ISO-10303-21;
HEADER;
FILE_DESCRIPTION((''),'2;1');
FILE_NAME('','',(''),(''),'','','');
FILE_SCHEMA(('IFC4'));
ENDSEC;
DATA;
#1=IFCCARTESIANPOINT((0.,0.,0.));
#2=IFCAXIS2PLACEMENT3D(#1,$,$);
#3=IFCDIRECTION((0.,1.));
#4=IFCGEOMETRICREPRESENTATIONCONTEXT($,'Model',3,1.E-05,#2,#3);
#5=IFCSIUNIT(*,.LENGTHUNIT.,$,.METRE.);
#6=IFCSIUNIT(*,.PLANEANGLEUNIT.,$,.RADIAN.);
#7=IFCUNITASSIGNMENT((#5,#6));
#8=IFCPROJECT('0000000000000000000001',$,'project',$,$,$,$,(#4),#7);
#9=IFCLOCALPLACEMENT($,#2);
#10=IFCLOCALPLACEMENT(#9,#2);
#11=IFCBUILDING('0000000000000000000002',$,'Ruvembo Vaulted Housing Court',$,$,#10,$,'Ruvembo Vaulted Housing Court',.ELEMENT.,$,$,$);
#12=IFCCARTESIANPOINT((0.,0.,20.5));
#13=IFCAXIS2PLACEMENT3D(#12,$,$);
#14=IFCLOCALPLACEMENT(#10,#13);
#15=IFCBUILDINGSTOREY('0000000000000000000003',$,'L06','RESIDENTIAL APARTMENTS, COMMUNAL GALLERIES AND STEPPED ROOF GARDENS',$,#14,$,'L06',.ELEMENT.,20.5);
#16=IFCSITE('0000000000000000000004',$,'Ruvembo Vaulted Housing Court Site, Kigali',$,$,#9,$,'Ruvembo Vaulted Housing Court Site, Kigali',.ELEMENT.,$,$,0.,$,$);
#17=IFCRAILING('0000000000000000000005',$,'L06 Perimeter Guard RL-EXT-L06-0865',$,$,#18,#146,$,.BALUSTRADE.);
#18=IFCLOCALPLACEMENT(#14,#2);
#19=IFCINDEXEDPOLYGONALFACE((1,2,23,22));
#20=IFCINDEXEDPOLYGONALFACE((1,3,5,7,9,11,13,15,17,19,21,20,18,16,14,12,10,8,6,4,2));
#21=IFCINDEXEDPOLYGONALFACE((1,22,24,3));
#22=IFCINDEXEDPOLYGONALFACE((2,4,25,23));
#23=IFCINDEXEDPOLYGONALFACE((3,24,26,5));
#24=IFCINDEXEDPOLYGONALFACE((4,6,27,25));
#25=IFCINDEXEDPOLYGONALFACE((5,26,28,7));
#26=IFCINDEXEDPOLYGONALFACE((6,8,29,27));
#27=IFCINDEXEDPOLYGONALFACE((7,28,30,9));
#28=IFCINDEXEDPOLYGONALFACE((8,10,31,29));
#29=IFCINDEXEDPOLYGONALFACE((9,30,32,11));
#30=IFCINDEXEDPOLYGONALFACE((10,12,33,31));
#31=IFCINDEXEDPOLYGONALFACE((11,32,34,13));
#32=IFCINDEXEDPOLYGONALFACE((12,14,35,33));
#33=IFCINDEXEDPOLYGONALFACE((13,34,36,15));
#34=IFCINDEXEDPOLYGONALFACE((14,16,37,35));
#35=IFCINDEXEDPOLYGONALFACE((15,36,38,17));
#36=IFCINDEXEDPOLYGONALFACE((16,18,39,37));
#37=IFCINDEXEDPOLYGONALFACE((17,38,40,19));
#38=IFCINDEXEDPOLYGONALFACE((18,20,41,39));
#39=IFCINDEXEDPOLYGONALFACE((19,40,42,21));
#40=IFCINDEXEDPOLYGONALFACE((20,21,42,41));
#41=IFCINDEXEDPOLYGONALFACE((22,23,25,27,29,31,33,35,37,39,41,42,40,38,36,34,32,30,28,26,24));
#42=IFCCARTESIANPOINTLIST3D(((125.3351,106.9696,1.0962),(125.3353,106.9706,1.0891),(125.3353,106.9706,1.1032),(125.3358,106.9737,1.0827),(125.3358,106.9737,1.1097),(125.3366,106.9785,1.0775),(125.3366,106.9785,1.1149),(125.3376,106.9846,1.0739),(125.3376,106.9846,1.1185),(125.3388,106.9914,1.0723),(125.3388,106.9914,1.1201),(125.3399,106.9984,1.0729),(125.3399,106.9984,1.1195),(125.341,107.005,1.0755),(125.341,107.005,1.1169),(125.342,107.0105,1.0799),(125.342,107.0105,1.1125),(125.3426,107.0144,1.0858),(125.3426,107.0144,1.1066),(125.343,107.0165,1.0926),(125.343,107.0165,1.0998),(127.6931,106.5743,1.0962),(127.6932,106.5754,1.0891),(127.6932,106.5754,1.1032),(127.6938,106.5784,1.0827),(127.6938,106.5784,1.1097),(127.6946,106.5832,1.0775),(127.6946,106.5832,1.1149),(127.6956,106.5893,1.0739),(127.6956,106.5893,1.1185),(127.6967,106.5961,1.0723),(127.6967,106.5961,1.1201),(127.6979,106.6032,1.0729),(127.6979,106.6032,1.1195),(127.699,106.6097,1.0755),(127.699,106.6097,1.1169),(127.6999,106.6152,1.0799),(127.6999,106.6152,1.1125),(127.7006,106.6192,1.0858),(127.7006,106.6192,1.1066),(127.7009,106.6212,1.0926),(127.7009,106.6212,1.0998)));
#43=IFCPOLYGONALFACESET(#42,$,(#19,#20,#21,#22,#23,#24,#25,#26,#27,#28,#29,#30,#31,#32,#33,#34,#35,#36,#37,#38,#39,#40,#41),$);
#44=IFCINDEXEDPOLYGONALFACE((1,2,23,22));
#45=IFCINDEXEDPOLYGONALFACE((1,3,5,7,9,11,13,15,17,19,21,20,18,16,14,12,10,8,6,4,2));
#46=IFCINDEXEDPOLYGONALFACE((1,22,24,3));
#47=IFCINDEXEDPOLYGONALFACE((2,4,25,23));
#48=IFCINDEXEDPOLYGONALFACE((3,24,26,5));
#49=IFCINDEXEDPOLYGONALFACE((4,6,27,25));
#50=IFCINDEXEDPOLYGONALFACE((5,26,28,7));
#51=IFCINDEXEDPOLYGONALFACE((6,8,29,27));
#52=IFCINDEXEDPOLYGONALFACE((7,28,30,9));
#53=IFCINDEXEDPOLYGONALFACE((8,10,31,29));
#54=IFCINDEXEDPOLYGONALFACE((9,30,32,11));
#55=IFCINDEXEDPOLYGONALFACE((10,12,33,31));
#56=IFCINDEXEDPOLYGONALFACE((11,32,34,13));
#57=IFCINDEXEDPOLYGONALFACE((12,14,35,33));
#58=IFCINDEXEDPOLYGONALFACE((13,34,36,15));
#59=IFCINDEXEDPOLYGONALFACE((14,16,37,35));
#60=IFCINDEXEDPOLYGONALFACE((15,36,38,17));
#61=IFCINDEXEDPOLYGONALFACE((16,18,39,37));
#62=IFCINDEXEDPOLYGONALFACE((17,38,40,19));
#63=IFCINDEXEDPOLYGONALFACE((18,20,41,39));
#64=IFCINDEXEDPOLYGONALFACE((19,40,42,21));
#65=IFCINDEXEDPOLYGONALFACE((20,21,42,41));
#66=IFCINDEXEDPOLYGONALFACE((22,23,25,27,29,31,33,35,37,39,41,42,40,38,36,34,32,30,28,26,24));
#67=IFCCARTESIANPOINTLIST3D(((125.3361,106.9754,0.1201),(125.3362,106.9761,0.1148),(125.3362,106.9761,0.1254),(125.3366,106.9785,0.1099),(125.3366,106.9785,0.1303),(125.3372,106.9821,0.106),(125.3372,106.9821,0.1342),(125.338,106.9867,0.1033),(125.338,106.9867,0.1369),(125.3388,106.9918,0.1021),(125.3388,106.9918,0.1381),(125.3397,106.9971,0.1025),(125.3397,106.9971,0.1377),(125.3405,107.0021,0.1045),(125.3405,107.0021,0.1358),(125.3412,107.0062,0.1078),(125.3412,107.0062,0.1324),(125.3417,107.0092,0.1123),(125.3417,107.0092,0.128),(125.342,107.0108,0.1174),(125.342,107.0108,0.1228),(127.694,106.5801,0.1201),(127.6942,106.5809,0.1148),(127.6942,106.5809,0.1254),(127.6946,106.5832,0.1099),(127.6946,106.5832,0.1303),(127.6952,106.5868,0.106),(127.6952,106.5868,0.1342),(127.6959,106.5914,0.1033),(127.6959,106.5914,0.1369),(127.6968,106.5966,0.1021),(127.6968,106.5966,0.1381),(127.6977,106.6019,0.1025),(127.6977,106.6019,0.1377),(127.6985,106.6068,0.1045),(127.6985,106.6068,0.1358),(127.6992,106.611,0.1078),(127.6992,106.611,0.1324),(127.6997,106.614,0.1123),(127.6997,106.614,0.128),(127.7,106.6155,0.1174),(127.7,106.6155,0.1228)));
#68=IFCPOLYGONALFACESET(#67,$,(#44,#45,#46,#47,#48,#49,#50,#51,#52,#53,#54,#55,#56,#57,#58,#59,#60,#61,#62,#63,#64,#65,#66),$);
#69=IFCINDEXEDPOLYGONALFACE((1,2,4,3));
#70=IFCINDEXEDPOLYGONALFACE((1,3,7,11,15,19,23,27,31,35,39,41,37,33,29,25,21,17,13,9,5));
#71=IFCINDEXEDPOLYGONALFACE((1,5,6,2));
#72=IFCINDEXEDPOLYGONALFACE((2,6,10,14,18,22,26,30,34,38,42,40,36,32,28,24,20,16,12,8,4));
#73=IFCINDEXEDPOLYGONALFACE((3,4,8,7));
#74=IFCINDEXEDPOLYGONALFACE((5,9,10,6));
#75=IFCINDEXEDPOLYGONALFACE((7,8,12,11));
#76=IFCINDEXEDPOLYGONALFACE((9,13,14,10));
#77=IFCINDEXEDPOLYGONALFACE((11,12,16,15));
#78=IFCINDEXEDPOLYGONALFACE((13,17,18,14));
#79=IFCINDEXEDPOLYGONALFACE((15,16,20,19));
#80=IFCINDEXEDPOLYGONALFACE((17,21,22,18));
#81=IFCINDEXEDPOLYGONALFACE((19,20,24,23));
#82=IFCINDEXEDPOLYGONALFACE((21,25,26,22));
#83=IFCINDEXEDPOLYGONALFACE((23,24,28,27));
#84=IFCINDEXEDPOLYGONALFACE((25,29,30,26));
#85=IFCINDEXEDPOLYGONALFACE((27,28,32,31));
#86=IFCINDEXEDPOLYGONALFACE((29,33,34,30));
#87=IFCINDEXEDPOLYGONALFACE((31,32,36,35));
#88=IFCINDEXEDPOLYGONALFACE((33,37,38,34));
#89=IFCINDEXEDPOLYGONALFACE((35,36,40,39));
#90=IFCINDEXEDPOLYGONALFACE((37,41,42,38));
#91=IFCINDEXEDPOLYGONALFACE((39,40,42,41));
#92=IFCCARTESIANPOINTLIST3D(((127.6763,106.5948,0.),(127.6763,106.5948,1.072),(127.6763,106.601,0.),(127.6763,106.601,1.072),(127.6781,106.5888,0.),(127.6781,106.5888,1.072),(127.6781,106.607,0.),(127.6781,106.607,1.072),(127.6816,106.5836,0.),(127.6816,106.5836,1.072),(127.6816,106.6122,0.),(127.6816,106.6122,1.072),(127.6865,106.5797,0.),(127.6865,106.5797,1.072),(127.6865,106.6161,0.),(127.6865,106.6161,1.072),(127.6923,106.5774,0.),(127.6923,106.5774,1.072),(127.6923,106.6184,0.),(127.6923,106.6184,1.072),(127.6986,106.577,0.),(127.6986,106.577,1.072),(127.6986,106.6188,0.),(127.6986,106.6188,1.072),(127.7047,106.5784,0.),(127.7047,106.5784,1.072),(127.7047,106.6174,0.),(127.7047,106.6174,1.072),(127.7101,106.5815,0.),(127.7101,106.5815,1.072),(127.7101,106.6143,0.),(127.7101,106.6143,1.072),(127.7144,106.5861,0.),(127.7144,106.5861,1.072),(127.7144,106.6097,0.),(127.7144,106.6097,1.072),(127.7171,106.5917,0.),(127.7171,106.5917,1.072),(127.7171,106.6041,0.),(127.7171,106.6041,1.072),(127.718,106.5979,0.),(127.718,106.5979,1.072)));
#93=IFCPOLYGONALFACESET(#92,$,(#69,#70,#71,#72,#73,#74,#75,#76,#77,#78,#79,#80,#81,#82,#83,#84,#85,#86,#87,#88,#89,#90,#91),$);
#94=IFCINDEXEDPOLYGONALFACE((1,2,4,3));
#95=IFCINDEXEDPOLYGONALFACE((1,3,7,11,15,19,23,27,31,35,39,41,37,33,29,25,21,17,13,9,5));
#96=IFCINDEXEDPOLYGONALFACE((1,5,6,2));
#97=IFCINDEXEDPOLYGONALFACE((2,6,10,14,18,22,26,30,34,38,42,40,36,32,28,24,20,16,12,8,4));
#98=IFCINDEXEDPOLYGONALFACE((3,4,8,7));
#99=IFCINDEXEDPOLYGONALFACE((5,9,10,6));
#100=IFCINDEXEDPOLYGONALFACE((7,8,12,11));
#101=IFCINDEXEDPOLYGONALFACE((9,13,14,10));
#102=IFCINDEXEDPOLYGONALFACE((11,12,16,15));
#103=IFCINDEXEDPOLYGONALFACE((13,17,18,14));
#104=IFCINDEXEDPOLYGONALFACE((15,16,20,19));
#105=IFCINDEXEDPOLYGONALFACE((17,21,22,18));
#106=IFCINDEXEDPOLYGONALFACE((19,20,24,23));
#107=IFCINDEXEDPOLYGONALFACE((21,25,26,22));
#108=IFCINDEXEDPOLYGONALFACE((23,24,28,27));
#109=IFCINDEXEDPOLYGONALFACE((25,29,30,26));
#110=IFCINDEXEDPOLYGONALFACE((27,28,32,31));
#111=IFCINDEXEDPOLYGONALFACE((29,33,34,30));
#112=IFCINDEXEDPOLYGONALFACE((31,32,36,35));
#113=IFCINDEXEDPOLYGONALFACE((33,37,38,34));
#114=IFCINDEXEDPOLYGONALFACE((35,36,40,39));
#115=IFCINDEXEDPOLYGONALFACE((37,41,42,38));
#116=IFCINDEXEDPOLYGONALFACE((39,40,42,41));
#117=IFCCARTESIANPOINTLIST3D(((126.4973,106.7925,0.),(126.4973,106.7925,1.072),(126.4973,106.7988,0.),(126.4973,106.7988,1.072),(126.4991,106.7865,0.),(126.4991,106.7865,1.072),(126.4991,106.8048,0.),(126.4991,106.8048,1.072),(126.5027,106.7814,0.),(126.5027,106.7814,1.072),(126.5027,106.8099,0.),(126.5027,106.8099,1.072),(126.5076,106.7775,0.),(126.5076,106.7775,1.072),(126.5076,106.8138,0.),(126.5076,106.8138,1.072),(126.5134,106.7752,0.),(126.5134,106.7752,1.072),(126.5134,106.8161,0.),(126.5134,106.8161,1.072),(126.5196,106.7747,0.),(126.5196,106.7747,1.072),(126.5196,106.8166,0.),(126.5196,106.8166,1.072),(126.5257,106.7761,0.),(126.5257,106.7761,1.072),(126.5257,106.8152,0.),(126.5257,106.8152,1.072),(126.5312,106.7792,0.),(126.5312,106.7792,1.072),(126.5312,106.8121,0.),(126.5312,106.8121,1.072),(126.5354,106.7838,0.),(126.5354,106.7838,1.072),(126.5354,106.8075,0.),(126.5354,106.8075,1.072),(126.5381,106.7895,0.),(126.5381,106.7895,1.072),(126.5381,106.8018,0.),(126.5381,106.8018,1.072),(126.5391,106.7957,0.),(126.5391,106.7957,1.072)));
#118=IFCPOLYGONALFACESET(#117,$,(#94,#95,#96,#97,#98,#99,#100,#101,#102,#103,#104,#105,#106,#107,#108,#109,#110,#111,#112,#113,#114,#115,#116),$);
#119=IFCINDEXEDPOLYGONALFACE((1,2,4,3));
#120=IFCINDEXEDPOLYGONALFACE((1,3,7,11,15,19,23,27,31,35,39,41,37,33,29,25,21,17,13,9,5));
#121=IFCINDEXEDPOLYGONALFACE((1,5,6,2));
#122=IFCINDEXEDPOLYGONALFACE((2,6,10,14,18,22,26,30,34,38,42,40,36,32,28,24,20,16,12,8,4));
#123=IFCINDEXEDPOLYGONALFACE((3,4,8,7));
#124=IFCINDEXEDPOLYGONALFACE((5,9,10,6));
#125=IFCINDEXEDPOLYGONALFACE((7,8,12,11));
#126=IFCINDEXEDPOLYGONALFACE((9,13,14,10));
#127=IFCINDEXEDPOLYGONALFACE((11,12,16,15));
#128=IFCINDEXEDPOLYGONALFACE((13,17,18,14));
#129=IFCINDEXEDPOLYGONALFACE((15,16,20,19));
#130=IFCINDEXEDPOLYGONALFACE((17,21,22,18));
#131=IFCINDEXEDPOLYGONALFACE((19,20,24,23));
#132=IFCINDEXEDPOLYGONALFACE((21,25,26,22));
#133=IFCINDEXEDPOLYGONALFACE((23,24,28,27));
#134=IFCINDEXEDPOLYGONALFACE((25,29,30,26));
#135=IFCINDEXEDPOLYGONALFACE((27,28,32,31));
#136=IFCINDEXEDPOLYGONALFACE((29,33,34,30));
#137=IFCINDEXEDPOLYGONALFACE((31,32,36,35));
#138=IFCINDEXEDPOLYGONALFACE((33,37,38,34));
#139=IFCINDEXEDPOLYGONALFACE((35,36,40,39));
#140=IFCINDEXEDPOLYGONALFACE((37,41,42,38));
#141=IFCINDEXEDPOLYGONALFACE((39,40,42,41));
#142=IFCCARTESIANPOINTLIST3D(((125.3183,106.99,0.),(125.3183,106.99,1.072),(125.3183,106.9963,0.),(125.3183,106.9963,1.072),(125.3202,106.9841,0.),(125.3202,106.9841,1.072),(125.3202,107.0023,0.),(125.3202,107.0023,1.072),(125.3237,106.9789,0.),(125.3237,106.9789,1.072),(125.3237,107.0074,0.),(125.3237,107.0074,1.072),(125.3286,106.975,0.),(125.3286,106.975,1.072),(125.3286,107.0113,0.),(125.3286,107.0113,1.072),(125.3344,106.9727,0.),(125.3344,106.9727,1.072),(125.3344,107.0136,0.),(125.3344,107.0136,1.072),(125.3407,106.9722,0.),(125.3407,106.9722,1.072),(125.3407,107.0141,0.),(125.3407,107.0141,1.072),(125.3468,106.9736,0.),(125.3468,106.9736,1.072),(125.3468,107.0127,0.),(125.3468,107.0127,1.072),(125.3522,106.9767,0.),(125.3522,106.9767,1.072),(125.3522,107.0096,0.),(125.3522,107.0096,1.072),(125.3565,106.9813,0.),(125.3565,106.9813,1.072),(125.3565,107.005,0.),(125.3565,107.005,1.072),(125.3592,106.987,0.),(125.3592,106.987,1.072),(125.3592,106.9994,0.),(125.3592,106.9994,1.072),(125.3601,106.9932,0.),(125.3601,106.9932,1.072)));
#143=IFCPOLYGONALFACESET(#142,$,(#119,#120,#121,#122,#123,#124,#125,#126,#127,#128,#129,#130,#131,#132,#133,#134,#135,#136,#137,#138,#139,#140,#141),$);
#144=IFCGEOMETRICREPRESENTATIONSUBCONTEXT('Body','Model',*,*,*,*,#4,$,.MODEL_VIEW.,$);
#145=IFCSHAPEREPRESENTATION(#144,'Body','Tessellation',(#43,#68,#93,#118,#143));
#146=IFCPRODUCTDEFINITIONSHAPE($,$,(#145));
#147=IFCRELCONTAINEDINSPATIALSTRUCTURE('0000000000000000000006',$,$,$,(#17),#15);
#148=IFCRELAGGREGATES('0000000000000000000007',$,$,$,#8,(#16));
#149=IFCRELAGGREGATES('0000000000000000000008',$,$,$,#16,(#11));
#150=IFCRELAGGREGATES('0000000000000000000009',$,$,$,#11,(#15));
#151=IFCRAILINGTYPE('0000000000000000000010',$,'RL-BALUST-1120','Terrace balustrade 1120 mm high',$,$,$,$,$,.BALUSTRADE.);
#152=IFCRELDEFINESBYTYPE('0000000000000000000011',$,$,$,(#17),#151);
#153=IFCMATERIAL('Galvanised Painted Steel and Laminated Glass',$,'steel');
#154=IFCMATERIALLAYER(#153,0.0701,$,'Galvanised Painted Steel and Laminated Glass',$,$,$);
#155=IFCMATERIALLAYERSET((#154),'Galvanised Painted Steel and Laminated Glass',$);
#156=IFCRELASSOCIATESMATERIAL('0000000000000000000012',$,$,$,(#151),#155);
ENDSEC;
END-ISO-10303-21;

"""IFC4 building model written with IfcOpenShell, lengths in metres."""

from ifc_helpers import new_model, si_unit, direction, frame, origin, origin_2d, place, context, subcontext, project, spatial, circle, extrude, material, layer, layer_set, type_object, element, save


model = new_model("IFC4")

# Units and contexts
model_context = context("Model", 3, precision=1e-05, world=origin(), true_north=direction((0.0, 1.0)))
body_context = subcontext(model_context, "Body", "Model", "MODEL_VIEW")
ifc_project = project(units=[si_unit("LENGTHUNIT", "METRE"), si_unit("PLANEANGLEUNIT", "RADIAN")], contexts=[model_context])

# Site, building, storey
site_placement = place(None, origin())
site = spatial("IfcSite", under=ifc_project, at=site_placement, Name="Ruvembo Vaulted Housing Court Site, Kigali", LongName="Ruvembo Vaulted Housing Court Site, Kigali", CompositionType="ELEMENT", RefElevation=0.0)
building_placement = place(site_placement, origin())
building = spatial("IfcBuilding", under=site, at=building_placement, Name="Ruvembo Vaulted Housing Court", LongName="Ruvembo Vaulted Housing Court", CompositionType="ELEMENT")
storey_placement = place(building_placement, frame((0.0, 0.0, 20.5)))
storey = spatial("IfcBuildingStorey", under=building, at=storey_placement, Name="L06", Description="RESIDENTIAL APARTMENTS, COMMUNAL GALLERIES AND STEPPED ROOF GARDENS", LongName="L06", CompositionType="ELEMENT", Elevation=20.5)

# Railing
ifc_material_1 = material(Name="Galvanised Painted Steel and Laminated Glass", Category="steel")
ifc_layer = layer(ifc_material_1, 0.0701, Name="Galvanised Painted Steel and Laminated Glass")
ifc_layer_set = layer_set([ifc_layer], Name="Galvanised Painted Steel and Laminated Glass")
railing_type = type_object("IfcRailingType", Name="RL-BALUST-1120", Description="Terrace balustrade 1120 mm high", PredefinedType="BALUSTRADE", material=ifc_layer_set)
railing_1_placement = place(storey_placement, frame((127.697, 106.5979, 0.0)))
element("IfcRailing", 1, at=railing_1_placement, inside=storey, type_object=railing_type, Name="L06 Perimeter Guard RL-EXT-L06-0865", PredefinedType="BALUSTRADE", context=body_context, shape_type="SweptSolid", body=[
    extrude(circle(Radius=0.0239, at=origin_2d()), frame((0.0, 0.0, 1.0962), z_axis=(-0.986239, 0.165326, 0.0), x_axis=(-0.165326, -0.986239, 0.0)), (0.0, 0.0, 1.0), 2.3909),
    extrude(circle(Radius=0.0181, at=origin_2d()), frame((0.0, 0.0, 0.1201), z_axis=(-0.986239, 0.165326, 0.0), x_axis=(-0.165326, -0.986239, 0.0)), (0.0, 0.0, 1.0), 2.3909),
    extrude(circle(Radius=0.021, at=origin_2d()), origin(), (0.0, 0.0, 1.0), 1.072),
    extrude(circle(Radius=0.021, at=origin_2d()), frame((-1.179, 0.1978, 0.0)), (0.0, 0.0, 1.0), 1.072),
    extrude(circle(Radius=0.021, at=origin_2d()), frame((-2.3579, 0.3953, 0.0)), (0.0, 0.0, 1.0), 1.072),
])

save(model, "model.ifc")
